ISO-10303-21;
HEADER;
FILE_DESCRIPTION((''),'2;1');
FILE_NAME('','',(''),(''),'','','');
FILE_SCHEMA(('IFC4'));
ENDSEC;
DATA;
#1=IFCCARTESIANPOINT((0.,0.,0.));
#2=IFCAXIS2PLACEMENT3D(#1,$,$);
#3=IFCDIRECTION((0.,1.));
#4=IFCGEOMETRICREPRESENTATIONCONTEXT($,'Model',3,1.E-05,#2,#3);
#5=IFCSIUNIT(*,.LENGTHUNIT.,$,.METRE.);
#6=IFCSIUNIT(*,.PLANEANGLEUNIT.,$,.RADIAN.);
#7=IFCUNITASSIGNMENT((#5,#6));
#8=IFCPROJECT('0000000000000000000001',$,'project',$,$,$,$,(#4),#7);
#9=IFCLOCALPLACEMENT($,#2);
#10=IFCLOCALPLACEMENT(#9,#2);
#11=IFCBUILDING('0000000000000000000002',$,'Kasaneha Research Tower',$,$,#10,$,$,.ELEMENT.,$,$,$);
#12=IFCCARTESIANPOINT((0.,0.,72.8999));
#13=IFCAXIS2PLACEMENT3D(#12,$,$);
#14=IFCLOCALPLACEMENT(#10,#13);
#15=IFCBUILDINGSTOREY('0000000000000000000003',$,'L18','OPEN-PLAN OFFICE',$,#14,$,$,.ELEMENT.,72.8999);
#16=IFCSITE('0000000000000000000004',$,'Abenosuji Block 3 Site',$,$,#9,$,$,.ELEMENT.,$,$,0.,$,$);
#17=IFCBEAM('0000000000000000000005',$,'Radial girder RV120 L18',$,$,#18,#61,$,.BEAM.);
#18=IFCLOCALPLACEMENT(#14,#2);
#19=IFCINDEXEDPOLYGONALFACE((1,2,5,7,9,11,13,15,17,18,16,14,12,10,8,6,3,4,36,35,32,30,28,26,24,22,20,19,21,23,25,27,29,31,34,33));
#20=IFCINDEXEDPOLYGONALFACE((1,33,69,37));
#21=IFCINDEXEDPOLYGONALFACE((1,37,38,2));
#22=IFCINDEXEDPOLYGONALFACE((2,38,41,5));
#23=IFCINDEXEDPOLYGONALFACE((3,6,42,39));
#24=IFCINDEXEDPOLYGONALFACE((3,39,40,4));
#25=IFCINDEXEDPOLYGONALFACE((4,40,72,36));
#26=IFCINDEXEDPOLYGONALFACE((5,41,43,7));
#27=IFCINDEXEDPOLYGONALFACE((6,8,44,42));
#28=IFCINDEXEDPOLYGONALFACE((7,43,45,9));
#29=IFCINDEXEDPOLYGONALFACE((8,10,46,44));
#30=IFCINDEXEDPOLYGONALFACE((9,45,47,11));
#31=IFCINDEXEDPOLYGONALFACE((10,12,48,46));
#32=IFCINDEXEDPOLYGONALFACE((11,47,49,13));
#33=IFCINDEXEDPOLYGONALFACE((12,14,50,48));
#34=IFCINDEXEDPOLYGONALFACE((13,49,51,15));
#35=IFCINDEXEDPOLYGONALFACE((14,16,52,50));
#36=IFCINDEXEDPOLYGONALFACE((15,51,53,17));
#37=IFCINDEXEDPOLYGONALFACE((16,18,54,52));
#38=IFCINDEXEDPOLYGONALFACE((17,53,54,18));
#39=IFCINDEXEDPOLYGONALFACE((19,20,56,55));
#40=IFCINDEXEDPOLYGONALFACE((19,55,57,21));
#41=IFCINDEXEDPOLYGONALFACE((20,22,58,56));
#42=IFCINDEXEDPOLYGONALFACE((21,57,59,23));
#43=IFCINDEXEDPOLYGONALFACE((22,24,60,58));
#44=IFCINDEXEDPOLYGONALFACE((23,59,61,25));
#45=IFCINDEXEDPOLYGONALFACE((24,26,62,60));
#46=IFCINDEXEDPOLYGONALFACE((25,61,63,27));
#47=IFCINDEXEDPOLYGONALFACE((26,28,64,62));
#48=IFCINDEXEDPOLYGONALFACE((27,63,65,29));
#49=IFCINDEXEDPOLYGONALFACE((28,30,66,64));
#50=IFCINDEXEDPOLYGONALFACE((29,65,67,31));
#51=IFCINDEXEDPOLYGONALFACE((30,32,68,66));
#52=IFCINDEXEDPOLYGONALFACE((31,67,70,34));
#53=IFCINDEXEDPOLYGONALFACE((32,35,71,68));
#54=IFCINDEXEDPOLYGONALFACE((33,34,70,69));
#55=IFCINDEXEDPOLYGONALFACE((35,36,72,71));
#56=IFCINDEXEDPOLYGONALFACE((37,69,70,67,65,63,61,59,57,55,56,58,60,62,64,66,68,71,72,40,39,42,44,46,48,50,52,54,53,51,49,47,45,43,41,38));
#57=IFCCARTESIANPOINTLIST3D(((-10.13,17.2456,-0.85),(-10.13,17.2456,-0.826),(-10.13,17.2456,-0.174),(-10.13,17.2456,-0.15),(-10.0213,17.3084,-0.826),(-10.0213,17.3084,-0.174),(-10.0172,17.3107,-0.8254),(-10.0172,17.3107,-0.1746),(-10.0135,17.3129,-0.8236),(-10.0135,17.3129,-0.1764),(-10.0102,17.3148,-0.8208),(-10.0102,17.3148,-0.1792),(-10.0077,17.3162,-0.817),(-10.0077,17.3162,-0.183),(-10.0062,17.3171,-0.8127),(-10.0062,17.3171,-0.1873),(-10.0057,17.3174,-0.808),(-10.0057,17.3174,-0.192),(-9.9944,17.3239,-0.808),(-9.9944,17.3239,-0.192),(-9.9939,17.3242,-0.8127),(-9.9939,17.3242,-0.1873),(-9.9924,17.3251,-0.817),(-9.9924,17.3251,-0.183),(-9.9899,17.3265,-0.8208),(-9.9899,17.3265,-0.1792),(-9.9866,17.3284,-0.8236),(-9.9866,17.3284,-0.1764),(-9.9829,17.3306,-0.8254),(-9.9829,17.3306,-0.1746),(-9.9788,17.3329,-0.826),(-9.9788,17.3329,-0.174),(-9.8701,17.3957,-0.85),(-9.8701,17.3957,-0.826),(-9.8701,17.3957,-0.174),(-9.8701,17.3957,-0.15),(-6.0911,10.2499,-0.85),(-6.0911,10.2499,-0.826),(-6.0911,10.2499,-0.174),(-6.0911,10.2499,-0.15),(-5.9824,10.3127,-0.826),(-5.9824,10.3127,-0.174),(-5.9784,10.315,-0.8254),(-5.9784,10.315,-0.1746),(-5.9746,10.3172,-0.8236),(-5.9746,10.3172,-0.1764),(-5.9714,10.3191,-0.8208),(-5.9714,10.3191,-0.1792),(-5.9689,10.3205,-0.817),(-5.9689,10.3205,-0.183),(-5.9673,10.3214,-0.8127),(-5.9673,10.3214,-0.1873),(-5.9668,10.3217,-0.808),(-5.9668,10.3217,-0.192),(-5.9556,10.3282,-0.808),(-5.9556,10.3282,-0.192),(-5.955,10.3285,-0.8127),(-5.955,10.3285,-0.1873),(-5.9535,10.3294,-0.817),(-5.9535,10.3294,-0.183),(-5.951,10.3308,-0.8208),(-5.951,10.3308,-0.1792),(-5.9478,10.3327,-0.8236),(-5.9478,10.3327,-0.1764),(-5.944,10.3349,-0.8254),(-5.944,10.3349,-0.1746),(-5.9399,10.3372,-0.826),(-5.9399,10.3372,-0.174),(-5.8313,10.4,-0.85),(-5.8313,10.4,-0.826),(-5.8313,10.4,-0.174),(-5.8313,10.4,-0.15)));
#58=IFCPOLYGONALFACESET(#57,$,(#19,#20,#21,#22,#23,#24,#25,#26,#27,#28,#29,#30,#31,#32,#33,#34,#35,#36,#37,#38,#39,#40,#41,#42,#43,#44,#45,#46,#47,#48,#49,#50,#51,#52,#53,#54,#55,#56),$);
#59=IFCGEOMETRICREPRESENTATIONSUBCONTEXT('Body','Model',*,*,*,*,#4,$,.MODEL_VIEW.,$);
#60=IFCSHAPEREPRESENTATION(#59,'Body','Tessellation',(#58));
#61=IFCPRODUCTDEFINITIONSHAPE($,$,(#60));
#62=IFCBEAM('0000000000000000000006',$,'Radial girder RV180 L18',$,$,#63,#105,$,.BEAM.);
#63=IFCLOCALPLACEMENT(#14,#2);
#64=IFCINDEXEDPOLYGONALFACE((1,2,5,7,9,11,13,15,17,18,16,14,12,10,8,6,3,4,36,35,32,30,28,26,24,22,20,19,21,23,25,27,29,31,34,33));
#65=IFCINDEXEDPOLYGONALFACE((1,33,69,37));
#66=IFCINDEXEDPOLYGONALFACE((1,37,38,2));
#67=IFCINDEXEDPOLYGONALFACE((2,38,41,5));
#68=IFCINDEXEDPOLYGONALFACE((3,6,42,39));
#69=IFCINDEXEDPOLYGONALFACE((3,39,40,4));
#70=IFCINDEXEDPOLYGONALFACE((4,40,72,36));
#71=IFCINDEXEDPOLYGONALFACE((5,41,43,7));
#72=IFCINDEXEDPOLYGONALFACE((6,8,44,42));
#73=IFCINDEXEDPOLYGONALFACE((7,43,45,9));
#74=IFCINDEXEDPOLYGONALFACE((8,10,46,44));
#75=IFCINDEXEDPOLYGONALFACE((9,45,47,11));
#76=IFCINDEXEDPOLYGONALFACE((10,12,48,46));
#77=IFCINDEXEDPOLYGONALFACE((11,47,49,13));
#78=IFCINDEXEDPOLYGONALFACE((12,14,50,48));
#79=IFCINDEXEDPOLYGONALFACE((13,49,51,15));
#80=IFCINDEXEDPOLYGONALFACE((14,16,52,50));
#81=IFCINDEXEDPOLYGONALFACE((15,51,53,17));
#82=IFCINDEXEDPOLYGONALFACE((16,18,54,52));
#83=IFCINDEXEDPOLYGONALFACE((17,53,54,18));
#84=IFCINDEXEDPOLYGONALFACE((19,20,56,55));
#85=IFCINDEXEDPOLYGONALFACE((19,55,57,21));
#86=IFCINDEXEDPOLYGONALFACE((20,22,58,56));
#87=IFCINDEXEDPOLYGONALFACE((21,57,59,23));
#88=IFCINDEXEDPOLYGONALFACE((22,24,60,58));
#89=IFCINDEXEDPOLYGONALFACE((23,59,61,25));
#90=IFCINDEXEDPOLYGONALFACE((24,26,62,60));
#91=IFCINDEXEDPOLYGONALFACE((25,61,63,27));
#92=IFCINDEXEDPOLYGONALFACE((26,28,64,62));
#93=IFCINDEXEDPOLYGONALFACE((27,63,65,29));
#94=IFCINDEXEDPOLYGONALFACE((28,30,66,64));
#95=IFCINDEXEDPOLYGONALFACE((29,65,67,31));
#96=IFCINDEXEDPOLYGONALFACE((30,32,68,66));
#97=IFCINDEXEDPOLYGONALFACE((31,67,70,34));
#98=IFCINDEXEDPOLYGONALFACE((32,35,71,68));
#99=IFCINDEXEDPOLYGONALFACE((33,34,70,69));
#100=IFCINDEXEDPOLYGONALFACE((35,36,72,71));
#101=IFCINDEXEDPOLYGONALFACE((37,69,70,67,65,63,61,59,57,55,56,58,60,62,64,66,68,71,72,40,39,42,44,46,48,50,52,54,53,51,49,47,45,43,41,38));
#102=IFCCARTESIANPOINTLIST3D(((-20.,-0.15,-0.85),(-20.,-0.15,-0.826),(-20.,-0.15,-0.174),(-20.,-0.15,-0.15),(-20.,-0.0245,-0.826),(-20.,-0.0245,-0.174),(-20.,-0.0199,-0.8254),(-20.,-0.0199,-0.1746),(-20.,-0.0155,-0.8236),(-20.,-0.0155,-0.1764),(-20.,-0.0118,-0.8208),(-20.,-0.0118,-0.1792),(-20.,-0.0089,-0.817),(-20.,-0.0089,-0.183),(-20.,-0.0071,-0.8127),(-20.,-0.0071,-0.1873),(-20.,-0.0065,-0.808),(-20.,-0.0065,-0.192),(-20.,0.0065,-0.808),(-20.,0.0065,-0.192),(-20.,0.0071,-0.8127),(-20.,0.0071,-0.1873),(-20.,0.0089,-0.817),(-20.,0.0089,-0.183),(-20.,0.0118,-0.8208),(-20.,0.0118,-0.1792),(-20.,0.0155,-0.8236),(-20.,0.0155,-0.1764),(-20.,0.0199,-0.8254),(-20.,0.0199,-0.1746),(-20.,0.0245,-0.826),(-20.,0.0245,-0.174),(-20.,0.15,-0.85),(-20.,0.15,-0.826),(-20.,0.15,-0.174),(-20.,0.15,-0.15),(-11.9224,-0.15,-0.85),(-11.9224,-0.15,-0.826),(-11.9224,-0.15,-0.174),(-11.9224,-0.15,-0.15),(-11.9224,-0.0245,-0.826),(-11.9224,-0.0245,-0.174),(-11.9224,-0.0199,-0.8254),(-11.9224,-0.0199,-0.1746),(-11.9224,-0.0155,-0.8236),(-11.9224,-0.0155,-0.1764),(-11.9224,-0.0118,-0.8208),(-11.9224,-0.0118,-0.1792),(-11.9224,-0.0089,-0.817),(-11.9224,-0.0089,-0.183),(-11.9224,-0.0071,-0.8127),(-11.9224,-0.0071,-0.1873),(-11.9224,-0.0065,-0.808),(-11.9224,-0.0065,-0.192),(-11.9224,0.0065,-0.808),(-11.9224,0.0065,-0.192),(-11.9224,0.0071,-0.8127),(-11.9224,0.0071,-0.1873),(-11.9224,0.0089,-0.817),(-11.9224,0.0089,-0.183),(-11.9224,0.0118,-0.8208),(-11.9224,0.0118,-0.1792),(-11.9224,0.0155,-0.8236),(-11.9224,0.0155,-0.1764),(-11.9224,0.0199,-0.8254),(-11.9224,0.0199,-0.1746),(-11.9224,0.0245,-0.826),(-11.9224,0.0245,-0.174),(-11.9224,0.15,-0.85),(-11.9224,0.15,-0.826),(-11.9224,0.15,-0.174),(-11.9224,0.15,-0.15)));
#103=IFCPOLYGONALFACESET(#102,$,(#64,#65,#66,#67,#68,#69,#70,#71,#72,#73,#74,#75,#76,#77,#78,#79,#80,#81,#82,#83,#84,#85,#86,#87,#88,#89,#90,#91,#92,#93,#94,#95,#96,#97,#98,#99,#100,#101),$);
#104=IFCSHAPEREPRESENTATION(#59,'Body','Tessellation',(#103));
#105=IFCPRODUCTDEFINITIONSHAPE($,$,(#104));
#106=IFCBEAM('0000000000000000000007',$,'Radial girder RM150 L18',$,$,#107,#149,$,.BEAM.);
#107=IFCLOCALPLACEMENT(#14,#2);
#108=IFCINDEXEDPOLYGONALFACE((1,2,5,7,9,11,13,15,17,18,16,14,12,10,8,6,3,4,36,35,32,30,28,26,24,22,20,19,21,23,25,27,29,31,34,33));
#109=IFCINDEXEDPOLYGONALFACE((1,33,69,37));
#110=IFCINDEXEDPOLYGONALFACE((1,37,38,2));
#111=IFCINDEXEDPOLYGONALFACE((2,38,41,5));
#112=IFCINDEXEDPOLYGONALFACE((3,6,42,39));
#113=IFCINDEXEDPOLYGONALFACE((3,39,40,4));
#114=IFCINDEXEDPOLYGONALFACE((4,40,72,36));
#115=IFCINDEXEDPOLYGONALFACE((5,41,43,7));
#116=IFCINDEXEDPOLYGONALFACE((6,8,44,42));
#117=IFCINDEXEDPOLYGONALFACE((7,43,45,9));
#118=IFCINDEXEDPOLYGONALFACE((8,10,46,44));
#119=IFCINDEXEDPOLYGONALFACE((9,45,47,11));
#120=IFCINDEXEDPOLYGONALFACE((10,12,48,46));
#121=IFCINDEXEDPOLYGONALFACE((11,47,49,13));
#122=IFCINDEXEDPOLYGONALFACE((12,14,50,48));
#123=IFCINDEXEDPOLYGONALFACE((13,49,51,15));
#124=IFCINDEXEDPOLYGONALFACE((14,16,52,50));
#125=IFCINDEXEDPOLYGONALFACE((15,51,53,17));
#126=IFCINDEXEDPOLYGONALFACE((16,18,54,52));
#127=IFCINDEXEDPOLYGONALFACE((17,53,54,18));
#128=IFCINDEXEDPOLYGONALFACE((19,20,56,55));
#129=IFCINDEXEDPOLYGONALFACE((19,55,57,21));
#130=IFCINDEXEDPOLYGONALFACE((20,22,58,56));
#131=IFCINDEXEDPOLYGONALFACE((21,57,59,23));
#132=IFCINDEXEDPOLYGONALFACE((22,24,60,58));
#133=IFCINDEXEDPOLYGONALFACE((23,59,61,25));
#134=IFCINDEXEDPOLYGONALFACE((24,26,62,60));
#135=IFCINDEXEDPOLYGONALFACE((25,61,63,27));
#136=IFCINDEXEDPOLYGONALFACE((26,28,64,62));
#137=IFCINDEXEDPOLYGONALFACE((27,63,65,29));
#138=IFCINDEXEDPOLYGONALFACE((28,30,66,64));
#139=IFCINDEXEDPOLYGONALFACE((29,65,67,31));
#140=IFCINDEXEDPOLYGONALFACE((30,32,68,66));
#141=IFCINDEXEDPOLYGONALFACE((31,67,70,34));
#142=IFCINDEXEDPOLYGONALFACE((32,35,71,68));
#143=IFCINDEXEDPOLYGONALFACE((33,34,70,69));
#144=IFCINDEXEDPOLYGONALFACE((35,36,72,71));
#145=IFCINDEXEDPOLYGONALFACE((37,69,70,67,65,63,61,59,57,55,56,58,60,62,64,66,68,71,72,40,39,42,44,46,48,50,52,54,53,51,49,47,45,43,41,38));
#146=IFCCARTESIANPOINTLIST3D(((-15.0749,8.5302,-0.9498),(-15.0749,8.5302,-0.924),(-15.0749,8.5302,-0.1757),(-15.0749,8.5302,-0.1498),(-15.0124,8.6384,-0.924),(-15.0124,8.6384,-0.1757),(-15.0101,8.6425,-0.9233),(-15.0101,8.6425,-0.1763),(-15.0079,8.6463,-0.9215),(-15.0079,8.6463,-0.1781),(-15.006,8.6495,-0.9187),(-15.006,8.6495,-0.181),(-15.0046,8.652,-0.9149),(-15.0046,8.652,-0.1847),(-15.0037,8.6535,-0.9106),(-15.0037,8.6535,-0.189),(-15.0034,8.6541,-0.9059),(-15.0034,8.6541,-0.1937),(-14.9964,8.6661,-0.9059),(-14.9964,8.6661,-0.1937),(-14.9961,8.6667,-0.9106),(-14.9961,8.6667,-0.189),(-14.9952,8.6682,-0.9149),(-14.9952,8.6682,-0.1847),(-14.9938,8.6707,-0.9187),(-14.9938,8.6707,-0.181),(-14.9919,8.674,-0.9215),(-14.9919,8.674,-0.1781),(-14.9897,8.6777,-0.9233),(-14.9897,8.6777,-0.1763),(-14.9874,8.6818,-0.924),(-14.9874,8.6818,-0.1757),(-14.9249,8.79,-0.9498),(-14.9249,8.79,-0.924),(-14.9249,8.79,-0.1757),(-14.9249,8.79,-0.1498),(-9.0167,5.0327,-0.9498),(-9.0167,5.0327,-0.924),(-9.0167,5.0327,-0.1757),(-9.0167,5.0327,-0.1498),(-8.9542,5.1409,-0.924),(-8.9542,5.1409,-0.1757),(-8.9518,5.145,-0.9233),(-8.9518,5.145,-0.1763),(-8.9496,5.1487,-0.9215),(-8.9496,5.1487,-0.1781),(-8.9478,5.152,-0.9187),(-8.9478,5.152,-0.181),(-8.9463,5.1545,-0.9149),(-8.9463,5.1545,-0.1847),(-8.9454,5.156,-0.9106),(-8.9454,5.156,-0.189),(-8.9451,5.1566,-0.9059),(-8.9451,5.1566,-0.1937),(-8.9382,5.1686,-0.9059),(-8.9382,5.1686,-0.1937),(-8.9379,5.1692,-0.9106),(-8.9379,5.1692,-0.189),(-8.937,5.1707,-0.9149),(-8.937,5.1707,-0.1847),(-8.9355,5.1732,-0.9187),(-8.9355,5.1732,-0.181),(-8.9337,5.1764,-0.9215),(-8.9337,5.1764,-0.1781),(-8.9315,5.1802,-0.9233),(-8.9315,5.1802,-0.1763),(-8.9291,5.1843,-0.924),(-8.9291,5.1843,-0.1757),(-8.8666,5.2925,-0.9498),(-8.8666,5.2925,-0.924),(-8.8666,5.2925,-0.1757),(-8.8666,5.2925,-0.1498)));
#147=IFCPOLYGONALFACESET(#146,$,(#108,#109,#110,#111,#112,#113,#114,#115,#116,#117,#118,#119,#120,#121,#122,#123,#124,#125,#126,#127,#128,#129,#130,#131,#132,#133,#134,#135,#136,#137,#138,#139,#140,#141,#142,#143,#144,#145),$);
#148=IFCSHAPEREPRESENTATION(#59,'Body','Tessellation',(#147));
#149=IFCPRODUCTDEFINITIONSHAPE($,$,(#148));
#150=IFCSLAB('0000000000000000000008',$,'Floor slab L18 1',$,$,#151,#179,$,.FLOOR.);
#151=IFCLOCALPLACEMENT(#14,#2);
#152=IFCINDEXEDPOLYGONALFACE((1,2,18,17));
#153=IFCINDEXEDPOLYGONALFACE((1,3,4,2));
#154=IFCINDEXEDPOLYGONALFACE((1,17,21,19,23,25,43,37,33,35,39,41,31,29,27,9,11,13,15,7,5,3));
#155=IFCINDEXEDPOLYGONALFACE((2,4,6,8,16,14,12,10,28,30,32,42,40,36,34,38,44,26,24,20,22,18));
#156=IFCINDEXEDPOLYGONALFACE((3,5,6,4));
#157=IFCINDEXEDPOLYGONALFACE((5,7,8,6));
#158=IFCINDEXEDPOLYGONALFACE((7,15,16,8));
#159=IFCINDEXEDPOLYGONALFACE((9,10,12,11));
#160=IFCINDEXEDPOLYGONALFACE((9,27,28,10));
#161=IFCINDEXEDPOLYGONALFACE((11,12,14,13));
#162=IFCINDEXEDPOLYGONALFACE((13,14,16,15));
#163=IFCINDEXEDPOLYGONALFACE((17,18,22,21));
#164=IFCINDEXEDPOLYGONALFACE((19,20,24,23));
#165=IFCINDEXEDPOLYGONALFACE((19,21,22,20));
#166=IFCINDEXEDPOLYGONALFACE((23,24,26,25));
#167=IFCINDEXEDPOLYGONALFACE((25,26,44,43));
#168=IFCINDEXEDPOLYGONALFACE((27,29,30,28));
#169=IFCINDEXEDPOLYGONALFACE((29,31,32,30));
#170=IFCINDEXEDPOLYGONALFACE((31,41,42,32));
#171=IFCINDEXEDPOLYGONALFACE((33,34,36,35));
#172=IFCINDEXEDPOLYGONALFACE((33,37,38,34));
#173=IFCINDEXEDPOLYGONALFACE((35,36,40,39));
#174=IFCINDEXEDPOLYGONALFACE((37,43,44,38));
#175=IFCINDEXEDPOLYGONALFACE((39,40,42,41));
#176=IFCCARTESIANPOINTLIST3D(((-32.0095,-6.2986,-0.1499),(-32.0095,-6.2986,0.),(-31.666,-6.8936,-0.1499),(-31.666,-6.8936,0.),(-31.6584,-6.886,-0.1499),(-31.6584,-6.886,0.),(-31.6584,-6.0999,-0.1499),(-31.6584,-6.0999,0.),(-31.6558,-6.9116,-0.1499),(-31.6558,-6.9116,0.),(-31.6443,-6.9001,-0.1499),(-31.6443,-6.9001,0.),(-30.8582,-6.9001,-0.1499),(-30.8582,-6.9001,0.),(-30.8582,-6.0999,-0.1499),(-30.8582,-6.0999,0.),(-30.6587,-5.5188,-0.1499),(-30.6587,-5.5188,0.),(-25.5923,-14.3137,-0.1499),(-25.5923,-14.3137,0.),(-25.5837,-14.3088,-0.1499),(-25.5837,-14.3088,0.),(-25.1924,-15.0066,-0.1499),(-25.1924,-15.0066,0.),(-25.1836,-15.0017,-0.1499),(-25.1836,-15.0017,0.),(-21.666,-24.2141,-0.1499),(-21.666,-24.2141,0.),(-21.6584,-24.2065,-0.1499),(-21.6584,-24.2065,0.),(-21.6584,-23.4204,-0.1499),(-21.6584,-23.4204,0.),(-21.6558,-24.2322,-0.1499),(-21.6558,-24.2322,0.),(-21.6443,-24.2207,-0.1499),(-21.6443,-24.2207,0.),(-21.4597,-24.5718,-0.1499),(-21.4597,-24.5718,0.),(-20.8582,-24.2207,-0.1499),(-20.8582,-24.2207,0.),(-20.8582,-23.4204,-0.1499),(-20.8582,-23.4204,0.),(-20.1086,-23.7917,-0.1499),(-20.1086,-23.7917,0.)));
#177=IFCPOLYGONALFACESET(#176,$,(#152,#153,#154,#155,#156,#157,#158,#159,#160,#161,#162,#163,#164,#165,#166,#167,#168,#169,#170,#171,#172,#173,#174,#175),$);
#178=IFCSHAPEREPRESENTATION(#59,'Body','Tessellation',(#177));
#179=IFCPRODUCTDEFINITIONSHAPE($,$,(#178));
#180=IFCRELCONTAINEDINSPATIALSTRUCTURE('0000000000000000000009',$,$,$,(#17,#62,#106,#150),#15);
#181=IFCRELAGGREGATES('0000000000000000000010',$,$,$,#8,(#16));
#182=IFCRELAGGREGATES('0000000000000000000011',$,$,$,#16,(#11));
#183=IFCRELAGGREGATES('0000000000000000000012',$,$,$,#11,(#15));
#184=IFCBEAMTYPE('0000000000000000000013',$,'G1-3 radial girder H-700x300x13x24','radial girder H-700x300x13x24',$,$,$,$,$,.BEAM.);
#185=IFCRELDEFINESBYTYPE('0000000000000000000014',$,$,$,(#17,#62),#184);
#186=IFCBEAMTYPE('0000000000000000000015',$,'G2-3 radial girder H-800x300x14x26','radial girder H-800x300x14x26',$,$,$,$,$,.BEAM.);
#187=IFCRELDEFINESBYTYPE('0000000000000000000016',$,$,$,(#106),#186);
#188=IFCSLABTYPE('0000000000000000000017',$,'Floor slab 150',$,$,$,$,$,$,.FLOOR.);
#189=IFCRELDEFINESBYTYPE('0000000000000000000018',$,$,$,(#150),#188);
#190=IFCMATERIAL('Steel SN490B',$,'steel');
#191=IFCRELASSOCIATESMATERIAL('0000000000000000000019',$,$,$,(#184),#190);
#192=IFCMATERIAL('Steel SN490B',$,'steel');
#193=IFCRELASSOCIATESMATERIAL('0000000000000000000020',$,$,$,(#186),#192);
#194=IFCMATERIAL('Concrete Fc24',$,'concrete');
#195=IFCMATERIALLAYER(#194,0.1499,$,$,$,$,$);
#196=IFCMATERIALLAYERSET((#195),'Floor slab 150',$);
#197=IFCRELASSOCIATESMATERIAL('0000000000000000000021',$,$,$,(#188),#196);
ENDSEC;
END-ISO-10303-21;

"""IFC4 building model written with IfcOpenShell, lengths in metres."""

from ifc_helpers import new_model, si_unit, direction, frame, origin, origin_2d, place, context, subcontext, project, spatial, polyline, i_section, outline, extrude, material, layer, layer_set, material_profile, profile_set, type_object, element, save


model = new_model("IFC4")

# Units and contexts
model_context = context("Model", 3, precision=1e-05, world=origin(), true_north=direction((0.0, 1.0)))
body_context = subcontext(model_context, "Body", "Model", "MODEL_VIEW")
ifc_project = project(units=[si_unit("LENGTHUNIT", "METRE"), si_unit("PLANEANGLEUNIT", "RADIAN")], contexts=[model_context])

# Site, building, storey
site_placement = place(None, origin())
site = spatial("IfcSite", under=ifc_project, at=site_placement, Name="Abenosuji Block 3 Site", CompositionType="ELEMENT", RefElevation=0.0)
building_placement = place(site_placement, origin())
building = spatial("IfcBuilding", under=site, at=building_placement, Name="Kasaneha Research Tower", CompositionType="ELEMENT")
storey_placement = place(building_placement, frame((0.0, 0.0, 72.8999)))
storey = spatial("IfcBuildingStorey", under=building, at=storey_placement, Name="L18", Description="OPEN-PLAN OFFICE", CompositionType="ELEMENT", Elevation=72.8999)

# Beams
ifc_material_1 = material(Name="Steel SN490B", Category="steel")
ifc_material_profile_1 = material_profile(ifc_material_1, i_section(OverallWidth=0.3, OverallDepth=0.7, WebThickness=0.0129, FlangeThickness=0.0239, FilletRadius=0.0181, at=origin_2d()), Name="H-700x300x13x24")
ifc_profile_set_1 = profile_set([ifc_material_profile_1], Name="Steel SN490B")
beam_type_1 = type_object("IfcBeamType", Name="G1-3 radial girder H-700x300x13x24", Description="radial girder H-700x300x13x24", PredefinedType="BEAM", material=ifc_profile_set_1)
beam_1_placement = place(storey_placement, frame((-5.9612, 10.325, -0.5), z_axis=(-0.499991, 0.866031, 0.0), x_axis=(-0.866031, -0.499991, 0.0)))
element("IfcBeam", 1, at=beam_1_placement, inside=storey, type_object=beam_type_1, Name="Radial girder RV120 L18", PredefinedType="BEAM", context=body_context, shape_type="SweptSolid", body=[
    extrude(i_section(OverallWidth=0.3, OverallDepth=0.7, WebThickness=0.0129, FlangeThickness=0.0239, FilletRadius=0.0181, at=origin_2d()), origin(), (0.0, 0.0, 1.0), 8.0779),
])
beam_2_placement = place(storey_placement, frame((-11.9224, 0.0, -0.5), z_axis=(-1.0, 0.0, 0.0), x_axis=(0.0, -1.0, 0.0)))
element("IfcBeam", 2, at=beam_2_placement, inside=storey, type_object=beam_type_1, Name="Radial girder RV180 L18", PredefinedType="BEAM", context=body_context, shape_type="SweptSolid", body=[
    extrude(i_section(OverallWidth=0.3, OverallDepth=0.7, WebThickness=0.0129, FlangeThickness=0.0239, FilletRadius=0.0181, at=origin_2d()), origin(), (0.0, 0.0, 1.0), 8.0776),
])
ifc_material_2 = material(Name="Steel SN490B", Category="steel")
ifc_material_profile_2 = material_profile(ifc_material_2, i_section(OverallWidth=0.3, OverallDepth=0.8, WebThickness=0.0139, FlangeThickness=0.0259, FilletRadius=0.0181, at=origin_2d()), Name="H-800x300x14x26")
ifc_profile_set_2 = profile_set([ifc_material_profile_2], Name="Steel SN490B")
beam_type_2 = type_object("IfcBeamType", Name="G2-3 radial girder H-800x300x14x26", Description="radial girder H-800x300x14x26", PredefinedType="BEAM", material=ifc_profile_set_2)
beam_3_placement = place(storey_placement, frame((-8.9417, 5.1626, -0.5498), z_axis=(-0.86604, 0.499975, 0.0), x_axis=(-0.499975, -0.86604, 0.0)))
element("IfcBeam", 3, at=beam_3_placement, inside=storey, type_object=beam_type_2, Name="Radial girder RM150 L18", PredefinedType="BEAM", context=body_context, shape_type="SweptSolid", body=[
    extrude(i_section(OverallWidth=0.3, OverallDepth=0.8, WebThickness=0.0139, FlangeThickness=0.0259, FilletRadius=0.0181, at=origin_2d()), origin(), (0.0, 0.0, 1.0), 6.9954),
])

# Slab
ifc_material_3 = material(Name="Concrete Fc24", Category="concrete")
ifc_layer_1 = layer(ifc_material_3, 0.1499)
ifc_layer_set_1 = layer_set([ifc_layer_1], Name="Floor slab 150")
slab_type = type_object("IfcSlabType", Name="Floor slab 150", PredefinedType="FLOOR", material=ifc_layer_set_1)
slab_1_placement = place(storey_placement, frame((0.0, 0.0, -0.1499)))
element("IfcSlab", 4, at=slab_1_placement, inside=storey, type_object=slab_type, Name="Floor slab L18 1", PredefinedType="FLOOR", context=body_context, shape_type="SweptSolid", body=[
    extrude(outline(polyline([(-25.1924, -15.0066), (-25.1836, -15.0017), (-20.1086, -23.7917), (-21.4597, -24.5718), (-21.6558, -24.2322), (-21.6443, -24.2207), (-20.8582, -24.2207), (-20.8582, -23.4204), (-21.6584, -23.4204), (-21.6584, -24.2065), (-21.666, -24.2141), (-31.6558, -6.9116), (-31.6443, -6.9001), (-30.8582, -6.9001), (-30.8582, -6.0999), (-31.6584, -6.0999), (-31.6584, -6.886), (-31.666, -6.8936), (-32.0095, -6.2986), (-30.6587, -5.5188), (-25.5837, -14.3088), (-25.5923, -14.3137), (-25.1924, -15.0066)])), origin(), (0.0, 0.0, 1.0), 0.1499),
])

save(model, "model.ifc")
